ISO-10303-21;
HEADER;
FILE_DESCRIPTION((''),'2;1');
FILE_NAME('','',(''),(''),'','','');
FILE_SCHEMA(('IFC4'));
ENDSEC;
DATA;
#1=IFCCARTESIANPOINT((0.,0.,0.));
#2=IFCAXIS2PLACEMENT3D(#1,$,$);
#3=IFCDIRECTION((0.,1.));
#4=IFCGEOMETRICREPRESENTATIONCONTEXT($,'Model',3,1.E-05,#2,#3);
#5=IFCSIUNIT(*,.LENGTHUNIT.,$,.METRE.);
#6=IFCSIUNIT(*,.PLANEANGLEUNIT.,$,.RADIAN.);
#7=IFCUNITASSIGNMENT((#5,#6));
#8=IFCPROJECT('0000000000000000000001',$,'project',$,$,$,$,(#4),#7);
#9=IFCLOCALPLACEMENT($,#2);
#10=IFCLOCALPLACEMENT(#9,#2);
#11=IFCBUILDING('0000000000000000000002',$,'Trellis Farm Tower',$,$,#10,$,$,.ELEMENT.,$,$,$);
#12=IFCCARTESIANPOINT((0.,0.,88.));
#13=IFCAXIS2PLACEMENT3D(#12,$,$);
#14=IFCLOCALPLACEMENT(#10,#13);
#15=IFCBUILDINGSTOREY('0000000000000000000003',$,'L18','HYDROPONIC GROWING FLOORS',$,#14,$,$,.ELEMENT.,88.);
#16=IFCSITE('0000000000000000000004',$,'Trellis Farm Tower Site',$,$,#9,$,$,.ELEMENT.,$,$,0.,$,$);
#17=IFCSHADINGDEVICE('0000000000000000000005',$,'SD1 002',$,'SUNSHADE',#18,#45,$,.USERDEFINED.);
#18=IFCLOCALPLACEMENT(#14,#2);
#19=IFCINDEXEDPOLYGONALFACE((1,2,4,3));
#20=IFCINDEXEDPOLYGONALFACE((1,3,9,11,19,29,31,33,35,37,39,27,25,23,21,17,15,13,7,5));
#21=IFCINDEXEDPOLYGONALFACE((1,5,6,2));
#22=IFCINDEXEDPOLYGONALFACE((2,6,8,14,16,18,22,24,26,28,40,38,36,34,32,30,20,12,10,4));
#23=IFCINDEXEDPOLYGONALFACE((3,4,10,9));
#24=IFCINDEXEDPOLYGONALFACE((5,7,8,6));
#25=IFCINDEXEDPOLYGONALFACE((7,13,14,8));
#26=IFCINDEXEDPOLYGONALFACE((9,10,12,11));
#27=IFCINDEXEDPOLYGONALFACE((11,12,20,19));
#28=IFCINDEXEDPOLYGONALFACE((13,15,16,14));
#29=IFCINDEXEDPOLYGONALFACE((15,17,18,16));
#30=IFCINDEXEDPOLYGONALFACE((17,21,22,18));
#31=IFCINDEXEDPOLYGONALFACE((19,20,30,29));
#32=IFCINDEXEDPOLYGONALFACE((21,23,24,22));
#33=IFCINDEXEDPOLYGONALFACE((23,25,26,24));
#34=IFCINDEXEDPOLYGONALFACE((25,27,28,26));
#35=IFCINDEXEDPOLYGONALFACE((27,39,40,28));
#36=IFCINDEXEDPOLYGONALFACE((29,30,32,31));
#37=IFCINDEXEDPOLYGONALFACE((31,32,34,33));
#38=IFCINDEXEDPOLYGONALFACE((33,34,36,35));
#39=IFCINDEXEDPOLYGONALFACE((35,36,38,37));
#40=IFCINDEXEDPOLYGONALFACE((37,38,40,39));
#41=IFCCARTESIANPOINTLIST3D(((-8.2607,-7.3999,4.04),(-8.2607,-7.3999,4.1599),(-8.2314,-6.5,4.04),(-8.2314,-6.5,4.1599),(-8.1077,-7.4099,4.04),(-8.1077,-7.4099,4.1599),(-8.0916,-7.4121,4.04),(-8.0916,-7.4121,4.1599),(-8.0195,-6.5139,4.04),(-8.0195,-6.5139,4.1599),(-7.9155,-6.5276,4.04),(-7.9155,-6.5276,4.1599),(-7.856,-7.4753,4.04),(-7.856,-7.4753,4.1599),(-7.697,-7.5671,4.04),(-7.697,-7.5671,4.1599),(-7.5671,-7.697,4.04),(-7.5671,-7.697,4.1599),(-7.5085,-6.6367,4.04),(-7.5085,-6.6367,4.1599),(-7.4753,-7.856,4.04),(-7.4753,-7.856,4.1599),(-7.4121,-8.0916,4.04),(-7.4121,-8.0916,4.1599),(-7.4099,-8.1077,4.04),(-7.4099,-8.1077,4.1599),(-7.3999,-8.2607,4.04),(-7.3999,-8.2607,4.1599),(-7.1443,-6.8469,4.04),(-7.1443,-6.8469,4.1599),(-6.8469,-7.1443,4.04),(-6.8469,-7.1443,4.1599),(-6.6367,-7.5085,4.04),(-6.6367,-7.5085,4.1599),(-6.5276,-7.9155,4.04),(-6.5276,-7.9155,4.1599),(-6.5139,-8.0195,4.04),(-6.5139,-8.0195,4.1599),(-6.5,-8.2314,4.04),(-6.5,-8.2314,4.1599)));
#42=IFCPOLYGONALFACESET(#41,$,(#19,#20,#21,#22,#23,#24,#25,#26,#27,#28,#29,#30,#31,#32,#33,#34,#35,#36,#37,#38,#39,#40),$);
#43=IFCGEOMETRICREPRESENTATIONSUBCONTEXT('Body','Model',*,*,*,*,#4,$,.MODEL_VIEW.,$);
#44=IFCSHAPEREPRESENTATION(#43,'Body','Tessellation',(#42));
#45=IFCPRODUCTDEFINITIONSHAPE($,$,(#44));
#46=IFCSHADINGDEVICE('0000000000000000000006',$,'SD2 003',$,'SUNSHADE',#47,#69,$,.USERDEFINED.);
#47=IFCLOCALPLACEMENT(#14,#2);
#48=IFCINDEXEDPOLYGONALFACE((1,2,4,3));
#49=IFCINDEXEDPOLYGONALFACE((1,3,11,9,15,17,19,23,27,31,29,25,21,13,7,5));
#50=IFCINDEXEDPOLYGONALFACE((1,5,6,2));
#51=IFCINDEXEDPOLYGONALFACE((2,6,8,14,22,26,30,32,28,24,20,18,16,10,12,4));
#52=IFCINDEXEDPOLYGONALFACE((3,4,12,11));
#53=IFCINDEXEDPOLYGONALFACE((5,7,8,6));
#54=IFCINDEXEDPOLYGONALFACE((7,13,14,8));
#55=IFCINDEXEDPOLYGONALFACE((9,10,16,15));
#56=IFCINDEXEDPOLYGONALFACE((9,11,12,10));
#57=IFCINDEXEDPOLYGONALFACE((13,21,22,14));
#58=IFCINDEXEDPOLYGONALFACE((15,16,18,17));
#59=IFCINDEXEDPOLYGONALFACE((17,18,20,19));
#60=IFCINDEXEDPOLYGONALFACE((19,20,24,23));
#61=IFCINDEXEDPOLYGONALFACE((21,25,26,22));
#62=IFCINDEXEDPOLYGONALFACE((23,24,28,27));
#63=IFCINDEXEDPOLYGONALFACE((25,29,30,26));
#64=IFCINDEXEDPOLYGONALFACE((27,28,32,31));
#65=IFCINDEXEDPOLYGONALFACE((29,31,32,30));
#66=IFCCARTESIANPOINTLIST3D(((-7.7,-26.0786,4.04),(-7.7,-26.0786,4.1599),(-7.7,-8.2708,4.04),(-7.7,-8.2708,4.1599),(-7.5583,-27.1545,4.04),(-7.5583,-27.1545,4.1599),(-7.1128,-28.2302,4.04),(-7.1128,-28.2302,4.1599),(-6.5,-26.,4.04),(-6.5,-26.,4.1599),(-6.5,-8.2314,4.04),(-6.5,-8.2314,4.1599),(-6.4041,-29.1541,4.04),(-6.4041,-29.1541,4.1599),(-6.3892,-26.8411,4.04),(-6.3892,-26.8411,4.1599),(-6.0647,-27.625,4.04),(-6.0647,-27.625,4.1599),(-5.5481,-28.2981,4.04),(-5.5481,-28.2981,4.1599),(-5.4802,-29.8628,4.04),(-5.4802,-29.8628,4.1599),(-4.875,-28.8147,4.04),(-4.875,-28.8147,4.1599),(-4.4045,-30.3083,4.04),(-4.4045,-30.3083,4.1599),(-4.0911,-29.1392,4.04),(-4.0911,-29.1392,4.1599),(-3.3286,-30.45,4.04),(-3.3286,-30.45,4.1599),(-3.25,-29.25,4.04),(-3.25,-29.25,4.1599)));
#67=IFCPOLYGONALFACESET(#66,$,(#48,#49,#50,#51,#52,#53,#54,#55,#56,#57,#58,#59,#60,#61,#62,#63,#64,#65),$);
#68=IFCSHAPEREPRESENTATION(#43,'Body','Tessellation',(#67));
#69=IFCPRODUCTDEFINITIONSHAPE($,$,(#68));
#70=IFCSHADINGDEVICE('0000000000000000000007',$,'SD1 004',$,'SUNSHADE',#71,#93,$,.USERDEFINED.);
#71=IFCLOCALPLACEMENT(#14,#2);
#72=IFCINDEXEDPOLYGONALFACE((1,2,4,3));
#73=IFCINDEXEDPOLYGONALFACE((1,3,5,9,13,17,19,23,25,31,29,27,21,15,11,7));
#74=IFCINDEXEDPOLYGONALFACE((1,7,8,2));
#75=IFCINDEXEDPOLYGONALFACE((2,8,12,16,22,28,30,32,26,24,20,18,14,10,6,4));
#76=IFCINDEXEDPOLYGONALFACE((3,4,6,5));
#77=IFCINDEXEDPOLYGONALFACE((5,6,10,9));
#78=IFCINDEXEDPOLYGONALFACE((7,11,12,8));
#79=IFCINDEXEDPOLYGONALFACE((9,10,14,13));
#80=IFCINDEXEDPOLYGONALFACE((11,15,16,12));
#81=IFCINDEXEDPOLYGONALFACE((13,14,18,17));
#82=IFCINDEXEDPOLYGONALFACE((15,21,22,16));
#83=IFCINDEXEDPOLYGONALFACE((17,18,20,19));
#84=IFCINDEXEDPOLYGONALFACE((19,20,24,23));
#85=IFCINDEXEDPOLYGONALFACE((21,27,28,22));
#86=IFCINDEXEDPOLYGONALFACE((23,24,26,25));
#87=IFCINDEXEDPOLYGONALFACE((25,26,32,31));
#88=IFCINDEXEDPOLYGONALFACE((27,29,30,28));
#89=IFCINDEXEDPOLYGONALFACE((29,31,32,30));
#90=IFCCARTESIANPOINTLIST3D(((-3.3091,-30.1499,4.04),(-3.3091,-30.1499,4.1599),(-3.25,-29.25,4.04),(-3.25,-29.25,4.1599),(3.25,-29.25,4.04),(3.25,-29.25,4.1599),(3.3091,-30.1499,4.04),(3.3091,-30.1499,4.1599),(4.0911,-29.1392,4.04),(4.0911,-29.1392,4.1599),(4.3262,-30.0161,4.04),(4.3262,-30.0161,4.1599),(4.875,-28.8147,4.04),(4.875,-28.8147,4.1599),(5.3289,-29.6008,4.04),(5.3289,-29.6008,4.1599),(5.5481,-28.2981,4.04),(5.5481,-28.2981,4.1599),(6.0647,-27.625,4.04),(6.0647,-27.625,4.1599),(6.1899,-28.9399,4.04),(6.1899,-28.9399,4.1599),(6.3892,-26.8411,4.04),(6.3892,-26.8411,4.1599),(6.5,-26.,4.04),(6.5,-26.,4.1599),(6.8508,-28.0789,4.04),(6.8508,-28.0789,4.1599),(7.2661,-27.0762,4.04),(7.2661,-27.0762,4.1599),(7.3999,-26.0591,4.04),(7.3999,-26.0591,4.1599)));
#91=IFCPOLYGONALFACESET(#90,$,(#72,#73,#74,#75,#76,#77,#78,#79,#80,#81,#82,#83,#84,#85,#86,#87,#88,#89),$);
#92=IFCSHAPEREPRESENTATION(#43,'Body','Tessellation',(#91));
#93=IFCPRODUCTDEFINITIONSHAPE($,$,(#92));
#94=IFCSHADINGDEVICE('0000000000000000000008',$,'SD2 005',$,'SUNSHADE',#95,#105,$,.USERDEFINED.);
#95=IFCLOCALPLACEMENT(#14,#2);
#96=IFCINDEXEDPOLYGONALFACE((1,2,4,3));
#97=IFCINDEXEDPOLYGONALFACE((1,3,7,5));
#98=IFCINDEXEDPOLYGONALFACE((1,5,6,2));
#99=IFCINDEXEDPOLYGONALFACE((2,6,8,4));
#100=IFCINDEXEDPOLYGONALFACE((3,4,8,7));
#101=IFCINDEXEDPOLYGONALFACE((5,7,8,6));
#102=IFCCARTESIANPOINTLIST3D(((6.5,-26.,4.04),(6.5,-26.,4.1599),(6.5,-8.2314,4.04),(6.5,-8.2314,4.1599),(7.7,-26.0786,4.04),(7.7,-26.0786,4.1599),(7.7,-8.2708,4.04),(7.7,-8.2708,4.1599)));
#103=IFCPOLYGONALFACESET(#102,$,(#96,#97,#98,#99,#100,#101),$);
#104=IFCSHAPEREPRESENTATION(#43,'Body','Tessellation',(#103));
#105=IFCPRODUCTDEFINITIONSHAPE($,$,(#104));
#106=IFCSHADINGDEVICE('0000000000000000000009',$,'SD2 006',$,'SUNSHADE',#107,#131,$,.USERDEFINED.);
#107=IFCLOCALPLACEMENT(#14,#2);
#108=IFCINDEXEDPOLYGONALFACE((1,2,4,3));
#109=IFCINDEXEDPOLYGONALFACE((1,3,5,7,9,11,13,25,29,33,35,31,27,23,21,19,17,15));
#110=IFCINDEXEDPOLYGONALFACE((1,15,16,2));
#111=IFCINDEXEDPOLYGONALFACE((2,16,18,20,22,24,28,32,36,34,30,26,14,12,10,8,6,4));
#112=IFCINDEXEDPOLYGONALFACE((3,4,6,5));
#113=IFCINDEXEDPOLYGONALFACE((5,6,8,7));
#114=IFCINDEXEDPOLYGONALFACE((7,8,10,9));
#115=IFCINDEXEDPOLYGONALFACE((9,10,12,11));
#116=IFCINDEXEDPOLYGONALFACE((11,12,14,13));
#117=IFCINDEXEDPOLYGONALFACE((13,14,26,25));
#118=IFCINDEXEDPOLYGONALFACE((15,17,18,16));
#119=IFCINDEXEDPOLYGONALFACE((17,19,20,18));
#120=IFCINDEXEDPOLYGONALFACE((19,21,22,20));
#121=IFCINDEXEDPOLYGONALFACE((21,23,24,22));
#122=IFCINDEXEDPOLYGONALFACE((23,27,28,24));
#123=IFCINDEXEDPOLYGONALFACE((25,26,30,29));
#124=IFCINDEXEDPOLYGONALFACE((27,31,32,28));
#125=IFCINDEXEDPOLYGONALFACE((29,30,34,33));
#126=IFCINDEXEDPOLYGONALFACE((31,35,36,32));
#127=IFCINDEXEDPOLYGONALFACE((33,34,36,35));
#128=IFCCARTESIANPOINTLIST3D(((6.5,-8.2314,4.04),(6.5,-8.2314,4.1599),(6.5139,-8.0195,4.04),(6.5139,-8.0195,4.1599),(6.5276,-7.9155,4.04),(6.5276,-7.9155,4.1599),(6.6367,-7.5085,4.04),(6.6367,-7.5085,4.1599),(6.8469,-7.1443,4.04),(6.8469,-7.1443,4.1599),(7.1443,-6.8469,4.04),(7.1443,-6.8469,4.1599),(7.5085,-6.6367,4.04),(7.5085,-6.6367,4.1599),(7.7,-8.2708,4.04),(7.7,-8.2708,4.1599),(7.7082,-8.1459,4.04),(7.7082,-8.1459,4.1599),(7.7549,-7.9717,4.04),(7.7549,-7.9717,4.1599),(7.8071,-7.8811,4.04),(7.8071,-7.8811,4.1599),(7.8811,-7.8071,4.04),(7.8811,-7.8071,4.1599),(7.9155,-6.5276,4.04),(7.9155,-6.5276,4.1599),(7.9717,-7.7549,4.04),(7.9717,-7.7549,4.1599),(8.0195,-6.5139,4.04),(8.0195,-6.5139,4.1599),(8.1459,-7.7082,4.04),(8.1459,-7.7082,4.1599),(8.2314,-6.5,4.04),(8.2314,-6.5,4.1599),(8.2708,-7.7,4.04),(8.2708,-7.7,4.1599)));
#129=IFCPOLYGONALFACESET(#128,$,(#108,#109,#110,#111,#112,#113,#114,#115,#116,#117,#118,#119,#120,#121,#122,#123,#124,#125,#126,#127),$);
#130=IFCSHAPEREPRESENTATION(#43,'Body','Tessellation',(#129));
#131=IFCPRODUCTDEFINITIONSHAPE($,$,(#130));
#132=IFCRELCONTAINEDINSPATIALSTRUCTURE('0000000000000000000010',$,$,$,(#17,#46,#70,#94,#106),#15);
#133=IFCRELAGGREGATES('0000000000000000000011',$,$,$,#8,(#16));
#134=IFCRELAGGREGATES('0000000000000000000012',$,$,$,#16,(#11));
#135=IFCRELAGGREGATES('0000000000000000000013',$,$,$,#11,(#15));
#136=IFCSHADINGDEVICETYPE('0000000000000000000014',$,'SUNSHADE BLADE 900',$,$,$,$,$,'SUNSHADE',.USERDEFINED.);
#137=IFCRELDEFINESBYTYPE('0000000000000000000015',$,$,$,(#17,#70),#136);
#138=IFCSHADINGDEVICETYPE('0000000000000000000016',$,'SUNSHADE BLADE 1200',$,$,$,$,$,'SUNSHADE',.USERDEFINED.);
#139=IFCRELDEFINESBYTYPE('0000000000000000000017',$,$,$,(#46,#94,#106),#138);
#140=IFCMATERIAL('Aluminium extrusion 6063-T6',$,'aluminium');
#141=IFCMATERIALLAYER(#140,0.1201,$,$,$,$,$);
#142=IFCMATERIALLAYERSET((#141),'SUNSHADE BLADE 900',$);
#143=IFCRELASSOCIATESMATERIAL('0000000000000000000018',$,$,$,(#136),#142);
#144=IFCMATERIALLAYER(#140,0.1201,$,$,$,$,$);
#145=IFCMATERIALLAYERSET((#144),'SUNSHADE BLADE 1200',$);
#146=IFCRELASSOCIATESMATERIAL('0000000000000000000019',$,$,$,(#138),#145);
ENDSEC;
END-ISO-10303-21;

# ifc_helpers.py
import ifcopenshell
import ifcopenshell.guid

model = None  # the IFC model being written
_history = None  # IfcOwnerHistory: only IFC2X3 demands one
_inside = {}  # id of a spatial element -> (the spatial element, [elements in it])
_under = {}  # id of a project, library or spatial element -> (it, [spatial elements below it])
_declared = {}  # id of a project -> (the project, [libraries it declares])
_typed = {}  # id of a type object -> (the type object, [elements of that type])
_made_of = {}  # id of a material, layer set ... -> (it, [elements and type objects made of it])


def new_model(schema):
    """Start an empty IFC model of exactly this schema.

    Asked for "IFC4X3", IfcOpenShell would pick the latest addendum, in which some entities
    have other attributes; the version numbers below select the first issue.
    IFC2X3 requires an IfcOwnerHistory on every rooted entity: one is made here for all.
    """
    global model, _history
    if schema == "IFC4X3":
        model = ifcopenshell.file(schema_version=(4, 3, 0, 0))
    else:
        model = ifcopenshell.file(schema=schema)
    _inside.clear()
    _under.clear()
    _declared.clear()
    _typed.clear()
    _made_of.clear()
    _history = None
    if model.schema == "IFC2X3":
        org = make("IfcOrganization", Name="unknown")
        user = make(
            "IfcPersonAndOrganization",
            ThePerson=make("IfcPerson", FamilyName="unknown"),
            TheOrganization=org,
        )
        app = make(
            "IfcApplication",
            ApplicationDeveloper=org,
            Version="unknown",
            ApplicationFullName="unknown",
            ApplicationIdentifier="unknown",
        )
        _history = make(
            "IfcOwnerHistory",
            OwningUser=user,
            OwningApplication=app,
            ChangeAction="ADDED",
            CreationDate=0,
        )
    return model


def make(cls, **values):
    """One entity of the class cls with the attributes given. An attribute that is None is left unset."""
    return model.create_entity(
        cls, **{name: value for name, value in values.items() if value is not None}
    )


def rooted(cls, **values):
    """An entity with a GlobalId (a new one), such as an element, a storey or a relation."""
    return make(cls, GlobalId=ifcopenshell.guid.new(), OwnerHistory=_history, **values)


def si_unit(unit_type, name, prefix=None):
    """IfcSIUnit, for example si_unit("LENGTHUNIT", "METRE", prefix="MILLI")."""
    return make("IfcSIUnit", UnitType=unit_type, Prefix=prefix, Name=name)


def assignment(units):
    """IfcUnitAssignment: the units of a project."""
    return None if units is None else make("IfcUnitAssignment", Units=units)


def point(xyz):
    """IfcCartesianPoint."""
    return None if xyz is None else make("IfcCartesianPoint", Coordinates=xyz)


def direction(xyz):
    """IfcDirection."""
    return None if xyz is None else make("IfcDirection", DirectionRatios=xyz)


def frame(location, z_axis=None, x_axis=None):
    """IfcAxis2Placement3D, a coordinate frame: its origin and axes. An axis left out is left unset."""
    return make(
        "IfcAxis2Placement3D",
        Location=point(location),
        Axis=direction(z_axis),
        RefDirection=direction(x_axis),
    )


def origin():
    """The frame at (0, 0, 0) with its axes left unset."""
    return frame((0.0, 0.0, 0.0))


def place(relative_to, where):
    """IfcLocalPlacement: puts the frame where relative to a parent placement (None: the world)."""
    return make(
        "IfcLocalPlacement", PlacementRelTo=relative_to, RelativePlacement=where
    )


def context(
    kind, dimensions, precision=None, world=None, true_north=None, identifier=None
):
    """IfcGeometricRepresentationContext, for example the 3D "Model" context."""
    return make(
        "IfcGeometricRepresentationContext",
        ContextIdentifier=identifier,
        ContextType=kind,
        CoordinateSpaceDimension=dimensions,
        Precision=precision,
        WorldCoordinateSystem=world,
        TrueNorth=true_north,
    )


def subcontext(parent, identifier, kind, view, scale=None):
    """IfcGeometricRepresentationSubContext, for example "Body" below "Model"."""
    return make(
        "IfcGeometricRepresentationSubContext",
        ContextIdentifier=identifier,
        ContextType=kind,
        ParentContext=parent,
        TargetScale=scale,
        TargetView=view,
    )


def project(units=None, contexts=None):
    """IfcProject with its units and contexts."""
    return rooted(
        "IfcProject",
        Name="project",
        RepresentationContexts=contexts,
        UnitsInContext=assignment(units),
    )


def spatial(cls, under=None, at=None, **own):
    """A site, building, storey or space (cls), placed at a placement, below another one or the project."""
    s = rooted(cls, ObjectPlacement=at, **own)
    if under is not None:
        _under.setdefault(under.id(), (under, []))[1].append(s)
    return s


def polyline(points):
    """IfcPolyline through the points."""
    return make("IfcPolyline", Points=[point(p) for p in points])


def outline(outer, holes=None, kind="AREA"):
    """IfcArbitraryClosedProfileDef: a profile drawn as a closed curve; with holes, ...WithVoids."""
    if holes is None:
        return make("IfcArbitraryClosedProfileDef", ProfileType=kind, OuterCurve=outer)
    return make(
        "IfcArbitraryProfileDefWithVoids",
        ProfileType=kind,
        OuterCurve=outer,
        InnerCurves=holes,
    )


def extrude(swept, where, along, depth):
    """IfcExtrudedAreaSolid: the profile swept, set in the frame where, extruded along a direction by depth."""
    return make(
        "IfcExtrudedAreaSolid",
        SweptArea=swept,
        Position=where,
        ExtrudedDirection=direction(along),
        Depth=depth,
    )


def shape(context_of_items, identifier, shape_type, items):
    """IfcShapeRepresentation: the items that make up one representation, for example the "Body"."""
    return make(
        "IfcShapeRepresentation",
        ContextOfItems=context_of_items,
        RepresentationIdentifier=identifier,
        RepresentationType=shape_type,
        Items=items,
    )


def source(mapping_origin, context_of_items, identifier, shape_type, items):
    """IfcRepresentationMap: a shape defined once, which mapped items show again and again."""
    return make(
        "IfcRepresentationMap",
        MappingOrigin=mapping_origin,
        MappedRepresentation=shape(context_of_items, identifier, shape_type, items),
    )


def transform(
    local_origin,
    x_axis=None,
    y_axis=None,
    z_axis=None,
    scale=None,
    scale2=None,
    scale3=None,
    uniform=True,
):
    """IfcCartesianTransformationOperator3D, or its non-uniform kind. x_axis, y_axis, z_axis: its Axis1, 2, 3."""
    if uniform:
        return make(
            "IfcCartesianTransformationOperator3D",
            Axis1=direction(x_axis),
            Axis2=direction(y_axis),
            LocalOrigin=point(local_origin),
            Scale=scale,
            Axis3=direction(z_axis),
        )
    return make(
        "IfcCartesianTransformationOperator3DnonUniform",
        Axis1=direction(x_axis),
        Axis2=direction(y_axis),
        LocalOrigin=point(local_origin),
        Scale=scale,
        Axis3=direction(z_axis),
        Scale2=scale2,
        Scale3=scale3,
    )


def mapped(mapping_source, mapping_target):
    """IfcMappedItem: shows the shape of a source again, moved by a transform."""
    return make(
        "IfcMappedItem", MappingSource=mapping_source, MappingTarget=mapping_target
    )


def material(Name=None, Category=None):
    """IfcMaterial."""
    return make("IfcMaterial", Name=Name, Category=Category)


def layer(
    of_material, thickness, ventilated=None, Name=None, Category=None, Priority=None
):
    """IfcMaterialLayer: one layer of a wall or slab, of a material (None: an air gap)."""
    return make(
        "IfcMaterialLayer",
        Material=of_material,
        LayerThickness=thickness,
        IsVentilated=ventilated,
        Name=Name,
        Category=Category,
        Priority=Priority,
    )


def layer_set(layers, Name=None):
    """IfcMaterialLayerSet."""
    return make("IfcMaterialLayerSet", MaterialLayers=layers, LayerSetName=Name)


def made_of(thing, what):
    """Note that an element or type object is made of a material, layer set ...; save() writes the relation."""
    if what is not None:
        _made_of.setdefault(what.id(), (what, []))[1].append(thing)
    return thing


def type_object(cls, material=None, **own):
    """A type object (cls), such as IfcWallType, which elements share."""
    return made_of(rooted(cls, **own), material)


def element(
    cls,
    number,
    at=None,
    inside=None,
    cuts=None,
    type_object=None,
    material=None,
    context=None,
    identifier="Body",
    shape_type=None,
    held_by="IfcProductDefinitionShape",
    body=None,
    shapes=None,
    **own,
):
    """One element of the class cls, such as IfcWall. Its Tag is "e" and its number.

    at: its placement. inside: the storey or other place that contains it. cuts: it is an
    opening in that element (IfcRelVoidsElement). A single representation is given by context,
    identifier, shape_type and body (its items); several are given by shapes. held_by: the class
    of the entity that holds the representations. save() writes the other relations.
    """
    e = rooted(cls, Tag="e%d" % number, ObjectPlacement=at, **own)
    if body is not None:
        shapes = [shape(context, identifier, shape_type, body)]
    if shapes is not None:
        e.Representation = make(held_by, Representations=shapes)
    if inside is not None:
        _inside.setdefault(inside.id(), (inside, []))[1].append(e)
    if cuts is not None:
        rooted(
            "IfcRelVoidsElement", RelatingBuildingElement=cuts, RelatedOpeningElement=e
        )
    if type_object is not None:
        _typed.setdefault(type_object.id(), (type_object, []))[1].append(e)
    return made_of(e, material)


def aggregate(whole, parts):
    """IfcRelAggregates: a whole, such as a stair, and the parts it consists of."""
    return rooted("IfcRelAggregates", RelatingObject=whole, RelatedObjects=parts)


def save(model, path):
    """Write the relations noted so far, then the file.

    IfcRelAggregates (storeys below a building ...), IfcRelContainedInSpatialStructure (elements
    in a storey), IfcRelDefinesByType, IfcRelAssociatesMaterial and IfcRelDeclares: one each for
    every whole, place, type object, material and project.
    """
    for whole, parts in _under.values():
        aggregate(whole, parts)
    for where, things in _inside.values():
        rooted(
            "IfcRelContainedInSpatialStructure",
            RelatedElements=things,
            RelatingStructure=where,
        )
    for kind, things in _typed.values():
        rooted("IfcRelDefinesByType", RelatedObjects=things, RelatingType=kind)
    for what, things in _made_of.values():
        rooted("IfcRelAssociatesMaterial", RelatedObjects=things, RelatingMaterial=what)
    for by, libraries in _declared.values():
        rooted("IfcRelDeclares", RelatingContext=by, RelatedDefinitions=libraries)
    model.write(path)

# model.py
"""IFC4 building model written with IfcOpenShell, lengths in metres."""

from ifc_helpers import new_model, si_unit, direction, frame, origin, place, context, subcontext, project, spatial, polyline, outline, extrude, source, transform, mapped, material, layer, layer_set, type_object, element, save


model = new_model("IFC4")

# Units and contexts
model_context = context("Model", 3, precision=1e-05, world=origin(), true_north=direction((0.0, 1.0)))
body_context = subcontext(model_context, "Body", "Model", "MODEL_VIEW")
ifc_project = project(units=[si_unit("LENGTHUNIT", "METRE"), si_unit("PLANEANGLEUNIT", "RADIAN")], contexts=[model_context])

# Site, building, storey
site_placement = place(None, origin())
site = spatial("IfcSite", under=ifc_project, at=site_placement, Name="Trellis Farm Tower Site", CompositionType="ELEMENT", RefElevation=0.0)
building_placement = place(site_placement, origin())
building = spatial("IfcBuilding", under=site, at=building_placement, Name="Trellis Farm Tower", CompositionType="ELEMENT")
storey_placement = place(building_placement, frame((0.0, 0.0, 88.0)))
storey = spatial("IfcBuildingStorey", under=building, at=storey_placement, Name="L18", Description="HYDROPONIC GROWING FLOORS", CompositionType="ELEMENT", Elevation=88.0)

# Shared definitions
ifc_material_1 = material(Name="Aluminium extrusion 6063-T6", Category="aluminium")

# Shading devices
ifc_layer_1 = layer(ifc_material_1, 0.1201)
ifc_layer_set_1 = layer_set([ifc_layer_1], Name="SUNSHADE BLADE 900")
shading_device_type_1 = type_object("IfcShadingDeviceType", Name="SUNSHADE BLADE 900", ElementType="SUNSHADE", PredefinedType="USERDEFINED", material=ifc_layer_set_1)
shared_shape_1 = source(origin(), body_context, "Body", "SweptSolid", [
    extrude(outline(polyline([(-8.2607, -7.3999), (-8.1077, -7.4099), (-8.0916, -7.4121), (-7.856, -7.4753), (-7.697, -7.5671), (-7.5671, -7.697), (-7.4753, -7.856), (-7.4121, -8.0916), (-7.4099, -8.1077), (-7.3999, -8.2607), (-6.5, -8.2314), (-6.5139, -8.0195), (-6.5276, -7.9155), (-6.6367, -7.5085), (-6.8469, -7.1443), (-7.1443, -6.8469), (-7.5085, -6.6367), (-7.9155, -6.5276), (-8.0195, -6.5139), (-8.2314, -6.5), (-8.2607, -7.3999)])), origin(), (0.0, 0.0, 1.0), 0.1199),
])
placement_1 = place(storey_placement, frame((0.0, 0.0, 4.04)))
element("IfcShadingDevice", 1, at=placement_1, inside=storey, type_object=shading_device_type_1, Name="SD1 002", ObjectType="SUNSHADE", PredefinedType="USERDEFINED", context=body_context, shape_type="MappedRepresentation", body=[
    mapped(shared_shape_1, transform((0.0, 0.0, 0.0))),
])
ifc_layer_2 = layer(ifc_material_1, 0.1201)
ifc_layer_set_2 = layer_set([ifc_layer_2], Name="SUNSHADE BLADE 1200")
shading_device_type_2 = type_object("IfcShadingDeviceType", Name="SUNSHADE BLADE 1200", ElementType="SUNSHADE", PredefinedType="USERDEFINED", material=ifc_layer_set_2)
shared_shape_2 = source(origin(), body_context, "Body", "SweptSolid", [
    extrude(outline(polyline([(-7.7, -8.2708), (-7.7, -26.0786), (-7.5583, -27.1545), (-7.1128, -28.2302), (-6.4041, -29.1541), (-5.4802, -29.8628), (-4.4045, -30.3083), (-3.3286, -30.45), (-3.25, -29.25), (-4.0911, -29.1392), (-4.875, -28.8147), (-5.5481, -28.2981), (-6.0647, -27.625), (-6.3892, -26.8411), (-6.5, -26.0), (-6.5, -8.2314), (-7.7, -8.2708)])), origin(), (0.0, 0.0, 1.0), 0.1199),
])
element("IfcShadingDevice", 2, at=placement_1, inside=storey, type_object=shading_device_type_2, Name="SD2 003", ObjectType="SUNSHADE", PredefinedType="USERDEFINED", context=body_context, shape_type="MappedRepresentation", body=[
    mapped(shared_shape_2, transform((0.0, 0.0, 0.0))),
])
shared_shape_3 = source(origin(), body_context, "Body", "SweptSolid", [
    extrude(outline(polyline([(-3.3091, -30.1499), (3.3091, -30.1499), (4.3262, -30.0161), (5.3289, -29.6008), (6.1899, -28.9399), (6.8508, -28.0789), (7.2661, -27.0762), (7.3999, -26.0591), (6.5, -26.0), (6.3892, -26.8411), (6.0647, -27.625), (5.5481, -28.2981), (4.875, -28.8147), (4.0911, -29.1392), (3.25, -29.25), (-3.25, -29.25), (-3.3091, -30.1499)])), origin(), (0.0, 0.0, 1.0), 0.1199),
])
element("IfcShadingDevice", 3, at=placement_1, inside=storey, type_object=shading_device_type_1, Name="SD1 004", ObjectType="SUNSHADE", PredefinedType="USERDEFINED", context=body_context, shape_type="MappedRepresentation", body=[
    mapped(shared_shape_3, transform((0.0, 0.0, 0.0))),
])
shared_shape_4 = source(origin(), body_context, "Body", "SweptSolid", [
    extrude(outline(polyline([(7.7, -26.0786), (7.7, -8.2708), (6.5, -8.2314), (6.5, -26.0), (7.7, -26.0786)])), origin(), (0.0, 0.0, 1.0), 0.1199),
])
element("IfcShadingDevice", 4, at=placement_1, inside=storey, type_object=shading_device_type_2, Name="SD2 005", ObjectType="SUNSHADE", PredefinedType="USERDEFINED", context=body_context, shape_type="MappedRepresentation", body=[
    mapped(shared_shape_4, transform((0.0, 0.0, 0.0))),
])
shared_shape_5 = source(origin(), body_context, "Body", "SweptSolid", [
    extrude(outline(polyline([(7.7, -8.2708), (7.7087, -8.1372), (7.707, -8.1501), (7.7549, -7.9717), (7.8071, -7.8811), (7.8811, -7.8071), (7.9717, -7.7549), (8.1501, -7.707), (8.1372, -7.7087), (8.2708, -7.7), (8.2314, -6.5), (8.0195, -6.5139), (7.9155, -6.5276), (7.5085, -6.6367), (7.1443, -6.8469), (6.8469, -7.1443), (6.6367, -7.5085), (6.5276, -7.9155), (6.5139, -8.0195), (6.5, -8.2314), (7.7, -8.2708)])), origin(), (0.0, 0.0, 1.0), 0.1199),
])
element("IfcShadingDevice", 5, at=placement_1, inside=storey, type_object=shading_device_type_2, Name="SD2 006", ObjectType="SUNSHADE", PredefinedType="USERDEFINED", context=body_context, shape_type="MappedRepresentation", body=[
    mapped(shared_shape_5, transform((0.0, 0.0, 0.0))),
])

save(model, "model.ifc")
